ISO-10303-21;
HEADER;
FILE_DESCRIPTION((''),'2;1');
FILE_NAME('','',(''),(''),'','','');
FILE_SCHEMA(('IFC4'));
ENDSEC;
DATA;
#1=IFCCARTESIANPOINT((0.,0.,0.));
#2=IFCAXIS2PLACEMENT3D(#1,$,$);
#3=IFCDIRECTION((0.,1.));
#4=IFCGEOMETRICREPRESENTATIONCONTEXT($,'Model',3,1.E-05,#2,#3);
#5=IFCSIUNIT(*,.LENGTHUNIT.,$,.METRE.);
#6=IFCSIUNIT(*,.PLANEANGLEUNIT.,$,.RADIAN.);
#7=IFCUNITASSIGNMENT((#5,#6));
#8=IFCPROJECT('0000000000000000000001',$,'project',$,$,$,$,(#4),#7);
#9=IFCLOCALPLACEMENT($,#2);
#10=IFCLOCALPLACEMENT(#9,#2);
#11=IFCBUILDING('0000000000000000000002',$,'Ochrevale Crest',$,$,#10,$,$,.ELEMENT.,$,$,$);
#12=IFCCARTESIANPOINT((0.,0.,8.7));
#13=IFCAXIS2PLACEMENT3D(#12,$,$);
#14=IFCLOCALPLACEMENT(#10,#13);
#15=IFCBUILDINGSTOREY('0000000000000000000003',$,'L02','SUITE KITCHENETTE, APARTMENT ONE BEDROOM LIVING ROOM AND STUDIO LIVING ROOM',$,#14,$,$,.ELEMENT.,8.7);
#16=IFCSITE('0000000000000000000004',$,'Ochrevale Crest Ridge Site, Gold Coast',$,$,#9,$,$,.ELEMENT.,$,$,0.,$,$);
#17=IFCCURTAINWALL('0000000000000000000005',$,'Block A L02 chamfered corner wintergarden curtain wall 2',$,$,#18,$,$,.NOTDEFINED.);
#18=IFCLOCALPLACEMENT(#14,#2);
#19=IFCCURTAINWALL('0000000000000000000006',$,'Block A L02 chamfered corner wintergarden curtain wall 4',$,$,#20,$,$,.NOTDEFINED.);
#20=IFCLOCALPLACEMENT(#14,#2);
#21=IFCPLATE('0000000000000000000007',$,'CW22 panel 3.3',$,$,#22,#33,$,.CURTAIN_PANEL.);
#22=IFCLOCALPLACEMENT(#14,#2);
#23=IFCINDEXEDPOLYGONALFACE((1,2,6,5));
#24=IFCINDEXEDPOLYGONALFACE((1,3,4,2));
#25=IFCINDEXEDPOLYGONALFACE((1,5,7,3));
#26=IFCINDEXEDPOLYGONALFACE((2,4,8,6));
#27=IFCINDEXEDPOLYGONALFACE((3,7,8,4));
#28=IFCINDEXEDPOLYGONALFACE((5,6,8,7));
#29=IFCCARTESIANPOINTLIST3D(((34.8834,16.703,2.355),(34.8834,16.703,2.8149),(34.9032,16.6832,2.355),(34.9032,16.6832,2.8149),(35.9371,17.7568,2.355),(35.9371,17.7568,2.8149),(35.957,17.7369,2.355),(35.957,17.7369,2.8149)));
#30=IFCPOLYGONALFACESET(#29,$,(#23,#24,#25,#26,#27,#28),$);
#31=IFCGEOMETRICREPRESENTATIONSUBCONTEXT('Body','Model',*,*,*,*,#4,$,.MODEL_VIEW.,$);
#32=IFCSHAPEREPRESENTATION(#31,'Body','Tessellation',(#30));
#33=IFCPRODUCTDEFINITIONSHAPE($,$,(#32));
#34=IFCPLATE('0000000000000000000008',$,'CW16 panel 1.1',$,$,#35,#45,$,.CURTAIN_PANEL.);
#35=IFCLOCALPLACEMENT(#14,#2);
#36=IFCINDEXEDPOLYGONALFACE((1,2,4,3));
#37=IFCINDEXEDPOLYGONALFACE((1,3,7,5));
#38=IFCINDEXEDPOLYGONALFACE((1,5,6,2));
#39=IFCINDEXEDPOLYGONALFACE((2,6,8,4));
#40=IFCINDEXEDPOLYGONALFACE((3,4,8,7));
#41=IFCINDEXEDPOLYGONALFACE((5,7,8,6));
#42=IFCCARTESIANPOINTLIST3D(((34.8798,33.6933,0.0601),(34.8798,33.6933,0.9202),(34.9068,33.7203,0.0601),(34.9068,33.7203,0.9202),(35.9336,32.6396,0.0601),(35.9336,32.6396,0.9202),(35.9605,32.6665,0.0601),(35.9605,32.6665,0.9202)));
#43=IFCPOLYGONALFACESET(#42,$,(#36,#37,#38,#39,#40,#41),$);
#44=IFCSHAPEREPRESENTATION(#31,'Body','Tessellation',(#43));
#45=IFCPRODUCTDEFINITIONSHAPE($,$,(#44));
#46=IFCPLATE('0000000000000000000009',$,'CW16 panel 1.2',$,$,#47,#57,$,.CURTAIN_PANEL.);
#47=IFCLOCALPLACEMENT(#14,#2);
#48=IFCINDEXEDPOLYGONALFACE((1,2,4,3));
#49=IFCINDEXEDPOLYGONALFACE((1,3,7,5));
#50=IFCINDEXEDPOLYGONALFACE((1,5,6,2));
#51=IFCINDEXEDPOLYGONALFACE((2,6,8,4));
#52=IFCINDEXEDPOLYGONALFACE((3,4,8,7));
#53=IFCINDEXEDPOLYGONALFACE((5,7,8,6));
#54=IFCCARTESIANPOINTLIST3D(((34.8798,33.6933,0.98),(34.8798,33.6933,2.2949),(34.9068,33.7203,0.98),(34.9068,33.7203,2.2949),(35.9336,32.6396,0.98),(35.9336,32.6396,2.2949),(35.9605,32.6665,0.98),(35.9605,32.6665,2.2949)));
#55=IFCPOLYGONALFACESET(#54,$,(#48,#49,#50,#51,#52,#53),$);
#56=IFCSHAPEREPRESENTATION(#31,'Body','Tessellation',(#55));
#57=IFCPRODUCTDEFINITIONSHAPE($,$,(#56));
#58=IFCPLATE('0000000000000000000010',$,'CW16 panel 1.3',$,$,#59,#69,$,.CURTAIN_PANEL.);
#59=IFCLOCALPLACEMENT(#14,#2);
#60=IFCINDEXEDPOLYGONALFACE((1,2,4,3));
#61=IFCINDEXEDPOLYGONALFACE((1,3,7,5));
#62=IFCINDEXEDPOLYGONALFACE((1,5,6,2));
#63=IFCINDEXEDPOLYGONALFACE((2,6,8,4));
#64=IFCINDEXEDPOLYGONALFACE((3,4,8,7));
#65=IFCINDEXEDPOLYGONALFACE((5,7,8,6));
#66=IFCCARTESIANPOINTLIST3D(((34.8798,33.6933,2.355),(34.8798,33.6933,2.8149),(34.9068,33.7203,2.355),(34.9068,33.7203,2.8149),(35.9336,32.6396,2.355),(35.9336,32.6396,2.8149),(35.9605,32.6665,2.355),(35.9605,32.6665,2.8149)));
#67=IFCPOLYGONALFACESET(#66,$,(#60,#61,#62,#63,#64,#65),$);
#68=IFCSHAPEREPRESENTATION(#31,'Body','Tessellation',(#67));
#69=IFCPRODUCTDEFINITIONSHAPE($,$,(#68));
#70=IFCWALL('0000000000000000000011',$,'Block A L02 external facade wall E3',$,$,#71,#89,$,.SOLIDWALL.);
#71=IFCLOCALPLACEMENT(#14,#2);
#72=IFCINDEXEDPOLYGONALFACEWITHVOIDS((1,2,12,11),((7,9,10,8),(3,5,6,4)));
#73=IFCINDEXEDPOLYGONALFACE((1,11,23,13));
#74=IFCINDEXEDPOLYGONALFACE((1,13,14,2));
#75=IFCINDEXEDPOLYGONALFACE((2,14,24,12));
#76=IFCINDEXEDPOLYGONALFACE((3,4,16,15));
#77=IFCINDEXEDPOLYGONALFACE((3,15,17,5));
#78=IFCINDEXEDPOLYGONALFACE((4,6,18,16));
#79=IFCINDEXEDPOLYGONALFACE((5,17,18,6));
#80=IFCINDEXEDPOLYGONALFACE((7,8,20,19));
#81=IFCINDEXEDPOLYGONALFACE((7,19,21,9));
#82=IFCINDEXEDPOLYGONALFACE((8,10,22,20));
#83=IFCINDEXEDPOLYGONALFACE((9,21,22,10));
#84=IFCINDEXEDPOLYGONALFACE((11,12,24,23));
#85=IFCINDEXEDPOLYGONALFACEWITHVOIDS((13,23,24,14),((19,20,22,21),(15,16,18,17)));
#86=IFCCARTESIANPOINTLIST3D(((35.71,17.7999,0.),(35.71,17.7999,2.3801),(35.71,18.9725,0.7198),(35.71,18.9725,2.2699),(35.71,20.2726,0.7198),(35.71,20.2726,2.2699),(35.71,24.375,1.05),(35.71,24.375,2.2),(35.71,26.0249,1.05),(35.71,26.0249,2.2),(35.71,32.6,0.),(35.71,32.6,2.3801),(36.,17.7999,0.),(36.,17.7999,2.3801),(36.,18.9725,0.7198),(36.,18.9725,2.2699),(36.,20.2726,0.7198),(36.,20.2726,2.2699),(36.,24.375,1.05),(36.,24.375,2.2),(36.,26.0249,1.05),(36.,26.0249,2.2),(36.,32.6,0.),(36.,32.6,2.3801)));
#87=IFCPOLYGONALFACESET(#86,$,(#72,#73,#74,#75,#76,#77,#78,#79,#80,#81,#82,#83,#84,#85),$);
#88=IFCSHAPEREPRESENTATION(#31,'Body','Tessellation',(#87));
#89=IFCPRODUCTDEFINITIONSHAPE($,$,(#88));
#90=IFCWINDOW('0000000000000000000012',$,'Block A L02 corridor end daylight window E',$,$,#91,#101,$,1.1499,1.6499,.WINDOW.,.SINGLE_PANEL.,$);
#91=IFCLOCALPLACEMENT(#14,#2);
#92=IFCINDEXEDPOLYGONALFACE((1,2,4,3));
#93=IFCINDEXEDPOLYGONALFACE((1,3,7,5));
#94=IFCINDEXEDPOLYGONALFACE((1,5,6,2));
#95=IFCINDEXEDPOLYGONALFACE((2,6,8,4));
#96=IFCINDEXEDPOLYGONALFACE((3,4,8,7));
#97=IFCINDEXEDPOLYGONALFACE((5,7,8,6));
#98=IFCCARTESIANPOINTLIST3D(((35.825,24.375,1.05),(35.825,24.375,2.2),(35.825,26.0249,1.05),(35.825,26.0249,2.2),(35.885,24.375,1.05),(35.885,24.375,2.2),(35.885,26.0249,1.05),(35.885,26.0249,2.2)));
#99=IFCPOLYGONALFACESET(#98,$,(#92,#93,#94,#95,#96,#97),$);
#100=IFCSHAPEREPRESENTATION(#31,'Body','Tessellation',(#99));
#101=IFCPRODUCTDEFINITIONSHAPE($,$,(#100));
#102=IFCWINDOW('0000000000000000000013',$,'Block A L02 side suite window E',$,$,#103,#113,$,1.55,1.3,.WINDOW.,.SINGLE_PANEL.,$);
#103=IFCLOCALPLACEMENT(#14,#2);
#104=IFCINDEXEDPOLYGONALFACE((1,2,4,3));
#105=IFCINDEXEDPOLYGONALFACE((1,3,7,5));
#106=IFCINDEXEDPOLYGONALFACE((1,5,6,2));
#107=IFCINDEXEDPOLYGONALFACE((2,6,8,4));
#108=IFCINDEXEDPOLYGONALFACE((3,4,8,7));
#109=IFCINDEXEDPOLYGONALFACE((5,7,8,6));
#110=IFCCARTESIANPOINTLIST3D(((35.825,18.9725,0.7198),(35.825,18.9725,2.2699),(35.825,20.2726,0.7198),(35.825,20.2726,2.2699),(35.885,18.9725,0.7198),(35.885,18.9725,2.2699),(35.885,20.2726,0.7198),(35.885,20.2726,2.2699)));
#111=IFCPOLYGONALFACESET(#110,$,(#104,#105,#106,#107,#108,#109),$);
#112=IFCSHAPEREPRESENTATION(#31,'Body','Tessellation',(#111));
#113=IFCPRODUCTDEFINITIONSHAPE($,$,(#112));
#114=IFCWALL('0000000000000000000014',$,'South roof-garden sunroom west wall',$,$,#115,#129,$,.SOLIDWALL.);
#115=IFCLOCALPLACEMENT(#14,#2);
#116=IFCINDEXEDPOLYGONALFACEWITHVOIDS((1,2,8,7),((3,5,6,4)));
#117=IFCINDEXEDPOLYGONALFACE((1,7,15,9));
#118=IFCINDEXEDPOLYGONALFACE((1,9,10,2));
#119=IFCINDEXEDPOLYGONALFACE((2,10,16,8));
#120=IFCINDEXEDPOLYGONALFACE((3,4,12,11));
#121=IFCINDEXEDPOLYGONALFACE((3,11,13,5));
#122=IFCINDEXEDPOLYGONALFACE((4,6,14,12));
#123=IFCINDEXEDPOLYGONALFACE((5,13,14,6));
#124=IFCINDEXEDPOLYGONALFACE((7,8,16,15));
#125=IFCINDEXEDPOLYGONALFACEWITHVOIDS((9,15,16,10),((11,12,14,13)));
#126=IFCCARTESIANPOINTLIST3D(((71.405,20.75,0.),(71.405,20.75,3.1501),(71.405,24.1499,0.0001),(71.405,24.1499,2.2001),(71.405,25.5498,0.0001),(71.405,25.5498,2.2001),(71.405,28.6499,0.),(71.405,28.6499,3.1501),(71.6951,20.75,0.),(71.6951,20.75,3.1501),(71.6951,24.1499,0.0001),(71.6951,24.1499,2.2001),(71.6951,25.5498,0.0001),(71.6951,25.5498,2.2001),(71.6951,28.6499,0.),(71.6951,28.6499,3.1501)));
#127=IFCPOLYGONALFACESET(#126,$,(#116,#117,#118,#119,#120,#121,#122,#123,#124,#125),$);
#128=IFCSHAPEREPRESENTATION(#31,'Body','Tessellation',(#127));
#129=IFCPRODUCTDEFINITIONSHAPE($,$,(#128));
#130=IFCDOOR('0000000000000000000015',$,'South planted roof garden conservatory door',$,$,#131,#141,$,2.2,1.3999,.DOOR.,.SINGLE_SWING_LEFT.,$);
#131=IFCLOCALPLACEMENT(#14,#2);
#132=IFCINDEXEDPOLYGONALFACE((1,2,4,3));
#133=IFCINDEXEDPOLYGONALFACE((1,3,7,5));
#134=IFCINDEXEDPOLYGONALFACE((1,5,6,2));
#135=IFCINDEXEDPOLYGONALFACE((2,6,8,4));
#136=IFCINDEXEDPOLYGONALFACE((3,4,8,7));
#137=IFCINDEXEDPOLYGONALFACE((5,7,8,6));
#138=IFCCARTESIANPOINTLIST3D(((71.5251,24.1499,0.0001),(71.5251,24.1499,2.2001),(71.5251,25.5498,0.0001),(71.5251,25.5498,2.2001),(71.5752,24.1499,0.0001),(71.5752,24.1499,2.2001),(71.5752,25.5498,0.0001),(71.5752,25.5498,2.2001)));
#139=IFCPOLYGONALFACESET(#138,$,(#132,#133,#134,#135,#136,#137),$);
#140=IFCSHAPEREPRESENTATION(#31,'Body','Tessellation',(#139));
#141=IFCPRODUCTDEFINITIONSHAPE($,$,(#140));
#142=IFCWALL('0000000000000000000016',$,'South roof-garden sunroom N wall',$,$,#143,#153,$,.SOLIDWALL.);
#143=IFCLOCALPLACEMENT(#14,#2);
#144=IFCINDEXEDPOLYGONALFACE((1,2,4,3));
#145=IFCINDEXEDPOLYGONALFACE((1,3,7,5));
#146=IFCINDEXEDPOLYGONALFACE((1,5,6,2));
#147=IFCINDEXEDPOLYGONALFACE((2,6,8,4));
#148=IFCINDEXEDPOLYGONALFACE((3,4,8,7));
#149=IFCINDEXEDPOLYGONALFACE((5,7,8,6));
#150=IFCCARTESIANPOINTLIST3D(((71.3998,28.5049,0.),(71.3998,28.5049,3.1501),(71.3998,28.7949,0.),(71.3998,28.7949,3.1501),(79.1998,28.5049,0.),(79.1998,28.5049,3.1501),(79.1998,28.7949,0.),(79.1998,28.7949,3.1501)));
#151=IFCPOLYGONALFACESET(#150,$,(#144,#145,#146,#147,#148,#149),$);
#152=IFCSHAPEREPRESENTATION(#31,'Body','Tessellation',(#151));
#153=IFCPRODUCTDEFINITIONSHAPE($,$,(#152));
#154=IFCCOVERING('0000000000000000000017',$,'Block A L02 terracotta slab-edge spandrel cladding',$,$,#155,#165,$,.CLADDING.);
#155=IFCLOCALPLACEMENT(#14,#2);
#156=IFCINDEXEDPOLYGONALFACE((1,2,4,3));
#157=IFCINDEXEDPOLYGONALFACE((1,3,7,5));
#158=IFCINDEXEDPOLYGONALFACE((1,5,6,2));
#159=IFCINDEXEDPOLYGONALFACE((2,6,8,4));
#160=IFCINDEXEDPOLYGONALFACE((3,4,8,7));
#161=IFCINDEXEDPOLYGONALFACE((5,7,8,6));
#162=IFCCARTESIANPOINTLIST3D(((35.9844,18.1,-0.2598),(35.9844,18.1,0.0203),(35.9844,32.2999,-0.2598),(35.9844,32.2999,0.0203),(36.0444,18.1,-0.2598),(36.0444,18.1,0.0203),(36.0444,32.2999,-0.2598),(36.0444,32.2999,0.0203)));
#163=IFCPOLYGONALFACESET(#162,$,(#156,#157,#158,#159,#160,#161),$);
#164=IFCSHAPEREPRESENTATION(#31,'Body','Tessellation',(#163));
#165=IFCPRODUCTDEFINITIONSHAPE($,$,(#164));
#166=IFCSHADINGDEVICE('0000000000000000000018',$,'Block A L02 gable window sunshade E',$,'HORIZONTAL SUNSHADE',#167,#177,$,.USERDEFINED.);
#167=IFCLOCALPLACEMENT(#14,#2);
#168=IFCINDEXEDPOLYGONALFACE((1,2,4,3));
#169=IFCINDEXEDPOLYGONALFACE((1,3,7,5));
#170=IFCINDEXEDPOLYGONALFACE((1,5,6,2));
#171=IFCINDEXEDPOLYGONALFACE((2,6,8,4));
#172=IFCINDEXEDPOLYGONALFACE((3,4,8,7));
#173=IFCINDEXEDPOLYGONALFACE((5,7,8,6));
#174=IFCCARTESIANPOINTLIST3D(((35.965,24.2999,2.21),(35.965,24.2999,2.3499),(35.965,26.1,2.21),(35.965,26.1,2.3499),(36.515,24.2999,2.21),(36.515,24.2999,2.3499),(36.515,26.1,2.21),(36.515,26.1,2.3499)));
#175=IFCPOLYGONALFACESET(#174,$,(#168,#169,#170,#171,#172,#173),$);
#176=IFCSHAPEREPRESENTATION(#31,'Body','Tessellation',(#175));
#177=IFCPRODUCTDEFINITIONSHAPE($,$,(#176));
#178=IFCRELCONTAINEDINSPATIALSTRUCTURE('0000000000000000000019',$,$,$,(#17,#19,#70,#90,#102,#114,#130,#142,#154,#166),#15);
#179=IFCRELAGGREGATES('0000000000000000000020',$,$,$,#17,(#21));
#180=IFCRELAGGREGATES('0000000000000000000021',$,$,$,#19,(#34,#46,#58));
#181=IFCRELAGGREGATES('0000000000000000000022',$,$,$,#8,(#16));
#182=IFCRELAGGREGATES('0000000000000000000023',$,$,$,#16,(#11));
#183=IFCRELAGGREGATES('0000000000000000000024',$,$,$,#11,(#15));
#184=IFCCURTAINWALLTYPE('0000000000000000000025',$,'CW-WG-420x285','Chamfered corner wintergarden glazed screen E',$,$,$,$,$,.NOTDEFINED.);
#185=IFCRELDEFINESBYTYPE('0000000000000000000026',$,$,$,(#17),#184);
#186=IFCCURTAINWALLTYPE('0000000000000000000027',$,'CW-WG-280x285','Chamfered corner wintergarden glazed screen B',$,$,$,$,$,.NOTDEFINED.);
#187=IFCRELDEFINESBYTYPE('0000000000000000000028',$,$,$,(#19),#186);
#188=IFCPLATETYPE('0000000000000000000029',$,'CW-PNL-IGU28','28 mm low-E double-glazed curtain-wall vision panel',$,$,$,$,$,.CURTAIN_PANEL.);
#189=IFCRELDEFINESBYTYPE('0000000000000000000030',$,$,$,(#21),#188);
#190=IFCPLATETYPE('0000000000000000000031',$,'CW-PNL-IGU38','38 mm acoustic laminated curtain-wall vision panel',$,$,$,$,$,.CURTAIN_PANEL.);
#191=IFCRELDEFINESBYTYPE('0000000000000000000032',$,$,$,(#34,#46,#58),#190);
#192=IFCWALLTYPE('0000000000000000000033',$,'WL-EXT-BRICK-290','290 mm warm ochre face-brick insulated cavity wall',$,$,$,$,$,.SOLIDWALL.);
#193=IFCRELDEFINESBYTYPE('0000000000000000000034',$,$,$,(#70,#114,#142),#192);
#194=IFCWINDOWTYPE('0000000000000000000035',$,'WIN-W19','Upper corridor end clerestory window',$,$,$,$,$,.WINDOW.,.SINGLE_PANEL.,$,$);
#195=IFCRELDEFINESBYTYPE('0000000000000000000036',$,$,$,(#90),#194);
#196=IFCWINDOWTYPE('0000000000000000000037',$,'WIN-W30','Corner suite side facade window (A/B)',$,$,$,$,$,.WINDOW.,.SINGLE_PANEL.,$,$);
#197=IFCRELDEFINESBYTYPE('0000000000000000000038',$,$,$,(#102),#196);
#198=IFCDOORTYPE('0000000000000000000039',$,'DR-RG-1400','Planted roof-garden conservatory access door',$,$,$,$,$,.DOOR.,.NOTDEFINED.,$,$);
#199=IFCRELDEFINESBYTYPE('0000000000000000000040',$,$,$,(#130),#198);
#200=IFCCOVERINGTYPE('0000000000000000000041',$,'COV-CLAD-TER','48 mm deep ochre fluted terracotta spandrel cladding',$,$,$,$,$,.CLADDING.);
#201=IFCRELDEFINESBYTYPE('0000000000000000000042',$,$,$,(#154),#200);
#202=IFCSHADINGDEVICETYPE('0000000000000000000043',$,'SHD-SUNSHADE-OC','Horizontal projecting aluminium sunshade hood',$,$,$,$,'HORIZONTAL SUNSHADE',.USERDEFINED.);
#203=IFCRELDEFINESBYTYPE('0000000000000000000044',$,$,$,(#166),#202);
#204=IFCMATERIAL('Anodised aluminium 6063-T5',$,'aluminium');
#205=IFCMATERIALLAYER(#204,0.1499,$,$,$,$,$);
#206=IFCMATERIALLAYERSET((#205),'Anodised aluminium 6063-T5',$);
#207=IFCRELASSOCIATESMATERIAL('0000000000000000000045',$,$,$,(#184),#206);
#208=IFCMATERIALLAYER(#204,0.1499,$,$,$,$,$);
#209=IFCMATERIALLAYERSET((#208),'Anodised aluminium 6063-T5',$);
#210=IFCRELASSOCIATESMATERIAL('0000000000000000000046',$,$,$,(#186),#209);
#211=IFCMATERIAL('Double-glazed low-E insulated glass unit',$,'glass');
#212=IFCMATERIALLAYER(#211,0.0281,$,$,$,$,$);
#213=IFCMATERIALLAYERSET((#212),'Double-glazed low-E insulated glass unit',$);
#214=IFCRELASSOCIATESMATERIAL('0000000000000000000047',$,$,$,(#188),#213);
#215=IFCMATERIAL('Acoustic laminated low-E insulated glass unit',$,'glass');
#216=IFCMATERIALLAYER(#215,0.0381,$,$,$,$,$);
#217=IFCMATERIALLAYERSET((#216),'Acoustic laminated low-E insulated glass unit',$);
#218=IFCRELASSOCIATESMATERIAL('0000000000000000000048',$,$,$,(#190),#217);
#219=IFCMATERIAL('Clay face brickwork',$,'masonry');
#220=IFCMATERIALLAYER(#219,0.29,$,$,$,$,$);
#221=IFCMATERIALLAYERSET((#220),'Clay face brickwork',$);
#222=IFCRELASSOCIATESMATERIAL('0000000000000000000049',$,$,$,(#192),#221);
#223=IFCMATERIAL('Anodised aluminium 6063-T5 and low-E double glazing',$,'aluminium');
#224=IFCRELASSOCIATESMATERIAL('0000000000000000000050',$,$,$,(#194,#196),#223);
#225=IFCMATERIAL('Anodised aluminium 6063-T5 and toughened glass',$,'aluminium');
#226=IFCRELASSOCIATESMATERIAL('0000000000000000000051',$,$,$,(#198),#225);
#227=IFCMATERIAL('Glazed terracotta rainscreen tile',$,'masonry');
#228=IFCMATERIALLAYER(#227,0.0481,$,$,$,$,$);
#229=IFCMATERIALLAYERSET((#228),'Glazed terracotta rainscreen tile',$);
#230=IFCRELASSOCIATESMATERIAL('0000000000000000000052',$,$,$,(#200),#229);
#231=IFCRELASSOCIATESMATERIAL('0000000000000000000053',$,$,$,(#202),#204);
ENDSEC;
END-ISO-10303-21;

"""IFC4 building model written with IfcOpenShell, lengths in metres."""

from ifc_helpers import new_model, si_unit, direction, frame, frame_2d, origin, origin_2d, place, context, subcontext, project, spatial, rectangle, extrude, material, layer, layer_set, type_object, element, fill, aggregate, save


model = new_model("IFC4")

# Units and contexts
model_context = context("Model", 3, precision=1e-05, world=origin(), true_north=direction((0.0, 1.0)))
body_context = subcontext(model_context, "Body", "Model", "MODEL_VIEW")
ifc_project = project(units=[si_unit("LENGTHUNIT", "METRE"), si_unit("PLANEANGLEUNIT", "RADIAN")], contexts=[model_context])

# Site, building, storey
site_placement = place(None, origin())
site = spatial("IfcSite", under=ifc_project, at=site_placement, Name="Ochrevale Crest Ridge Site, Gold Coast", CompositionType="ELEMENT", RefElevation=0.0)
building_placement = place(site_placement, origin())
building = spatial("IfcBuilding", under=site, at=building_placement, Name="Ochrevale Crest", CompositionType="ELEMENT")
storey_placement = place(building_placement, frame((0.0, 0.0, 8.7)))
storey = spatial("IfcBuildingStorey", under=building, at=storey_placement, Name="L02", Description="SUITE KITCHENETTE, APARTMENT ONE BEDROOM LIVING ROOM AND STUDIO LIVING ROOM", CompositionType="ELEMENT", Elevation=8.7)

# Curtain walls
ifc_material_1 = material(Name="Anodised aluminium 6063-T5", Category="aluminium")
ifc_layer_1 = layer(ifc_material_1, 0.1499)
ifc_layer_set_1 = layer_set([ifc_layer_1], Name="Anodised aluminium 6063-T5")
curtain_wall_type_1 = type_object("IfcCurtainWallType", Name="CW-WG-420x285", Description="Chamfered corner wintergarden glazed screen E", PredefinedType="NOTDEFINED", material=ifc_layer_set_1)
curtain_wall_1_placement = place(storey_placement, origin())
curtain_wall_1 = element("IfcCurtainWall", 1, at=curtain_wall_1_placement, inside=storey, type_object=curtain_wall_type_1, Name="Block A L02 chamfered corner wintergarden curtain wall 2", PredefinedType="NOTDEFINED")
ifc_layer_2 = layer(ifc_material_1, 0.1499)
ifc_layer_set_2 = layer_set([ifc_layer_2], Name="Anodised aluminium 6063-T5")
curtain_wall_type_2 = type_object("IfcCurtainWallType", Name="CW-WG-280x285", Description="Chamfered corner wintergarden glazed screen B", PredefinedType="NOTDEFINED", material=ifc_layer_set_2)
curtain_wall_2_placement = place(storey_placement, origin())
curtain_wall_2 = element("IfcCurtainWall", 2, at=curtain_wall_2_placement, inside=storey, type_object=curtain_wall_type_2, Name="Block A L02 chamfered corner wintergarden curtain wall 4", PredefinedType="NOTDEFINED")

# Plates
ifc_material_2 = material(Name="Double-glazed low-E insulated glass unit", Category="glass")
ifc_layer_3 = layer(ifc_material_2, 0.0281)
ifc_layer_set_3 = layer_set([ifc_layer_3], Name="Double-glazed low-E insulated glass unit")
plate_type_1 = type_object("IfcPlateType", Name="CW-PNL-IGU28", Description="28 mm low-E double-glazed curtain-wall vision panel", PredefinedType="CURTAIN_PANEL", material=ifc_layer_set_3)
plate_1_placement = place(storey_placement, frame((35.4202, 17.22, 2.355), z_axis=(0.0, 0.0, 1.0), x_axis=(0.707107, 0.707107, 0.0)))
plate_1 = element("IfcPlate", 3, at=plate_1_placement, type_object=plate_type_1, Name="CW22 panel 3.3", PredefinedType="CURTAIN_PANEL", context=body_context, shape_type="SweptSolid", body=[
    extrude(rectangle(XDim=1.4902, YDim=0.0281, at=origin_2d()), origin(), (0.0, 0.0, 1.0), 0.46),
])
aggregate(curtain_wall_1, [plate_1])
ifc_material_3 = material(Name="Acoustic laminated low-E insulated glass unit", Category="glass")
ifc_layer_4 = layer(ifc_material_3, 0.0381)
ifc_layer_set_4 = layer_set([ifc_layer_4], Name="Acoustic laminated low-E insulated glass unit")
plate_type_2 = type_object("IfcPlateType", Name="CW-PNL-IGU38", Description="38 mm acoustic laminated curtain-wall vision panel", PredefinedType="CURTAIN_PANEL", material=ifc_layer_set_4)
plate_2_placement = place(storey_placement, frame((35.4202, 33.1799, 0.0601), z_axis=(0.0, 0.0, 1.0), x_axis=(-0.707107, 0.707107, 0.0)))
plate_2 = element("IfcPlate", 4, at=plate_2_placement, type_object=plate_type_2, Name="CW16 panel 1.1", PredefinedType="CURTAIN_PANEL", context=body_context, shape_type="SweptSolid", body=[
    extrude(rectangle(XDim=1.4902, YDim=0.0381, at=origin_2d()), origin(), (0.0, 0.0, 1.0), 0.8601),
])
plate_3_placement = place(storey_placement, frame((35.4202, 33.1799, 0.98), z_axis=(0.0, 0.0, 1.0), x_axis=(-0.707107, 0.707107, 0.0)))
plate_3 = element("IfcPlate", 5, at=plate_3_placement, type_object=plate_type_2, Name="CW16 panel 1.2", PredefinedType="CURTAIN_PANEL", context=body_context, shape_type="SweptSolid", body=[
    extrude(rectangle(XDim=1.4902, YDim=0.0381, at=origin_2d()), origin(), (0.0, 0.0, 1.0), 1.3149),
])
plate_4_placement = place(storey_placement, frame((35.4202, 33.1799, 2.355), z_axis=(0.0, 0.0, 1.0), x_axis=(-0.707107, 0.707107, 0.0)))
plate_4 = element("IfcPlate", 6, at=plate_4_placement, type_object=plate_type_2, Name="CW16 panel 1.3", PredefinedType="CURTAIN_PANEL", context=body_context, shape_type="SweptSolid", body=[
    extrude(rectangle(XDim=1.4902, YDim=0.0381, at=origin_2d()), origin(), (0.0, 0.0, 1.0), 0.46),
])
aggregate(curtain_wall_2, [plate_2, plate_3, plate_4])

# Wall, openings, windows
ifc_material_4 = material(Name="Clay face brickwork", Category="masonry")
ifc_layer_5 = layer(ifc_material_4, 0.29)
ifc_layer_set_5 = layer_set([ifc_layer_5], Name="Clay face brickwork")
wall_type = type_object("IfcWallType", Name="WL-EXT-BRICK-290", Description="290 mm warm ochre face-brick insulated cavity wall", PredefinedType="SOLIDWALL", material=ifc_layer_set_5)
wall_1_placement = place(storey_placement, frame((35.855, 17.8, 0.0), z_axis=(0.0, 0.0, 1.0), x_axis=(0.0, 1.0, 0.0)))
wall_1 = element("IfcWall", 7, at=wall_1_placement, inside=storey, type_object=wall_type, Name="Block A L02 external facade wall E3", PredefinedType="SOLIDWALL", context=body_context, shape_type="SweptSolid", body=[
    extrude(rectangle(XDim=14.8, YDim=0.29, at=frame_2d((7.3999, 0.0))), origin(), (0.0, 0.0, 1.0), 2.3801),
])
opening_1_placement = place(wall_1_placement, frame((6.575, 0.0, 1.05)))
opening_1 = element("IfcOpeningElement", 8, at=opening_1_placement, cuts=wall_1, PredefinedType="OPENING", context=body_context, shape_type="SweptSolid", body=[
    extrude(rectangle(XDim=1.6499, YDim=1.1499, at=frame_2d((0.825, 0.575))), frame((0.0, 0.155, 0.0), z_axis=(0.0, -1.0, 0.0), x_axis=(1.0, 0.0, 0.0)), (0.0, 0.0, 1.0), 0.3101),
])
opening_2_placement = place(wall_1_placement, frame((1.1726, 0.0, 0.72)))
opening_2 = element("IfcOpeningElement", 9, at=opening_2_placement, cuts=wall_1, PredefinedType="OPENING", context=body_context, shape_type="SweptSolid", body=[
    extrude(rectangle(XDim=1.3, YDim=1.55, at=frame_2d((0.6499, 0.7749))), frame((0.0, 0.155, 0.0), z_axis=(0.0, -1.0, 0.0), x_axis=(1.0, 0.0, 0.0)), (0.0, 0.0, 1.0), 0.3101),
])
ifc_material_5 = material(Name="Anodised aluminium 6063-T5 and low-E double glazing", Category="aluminium")
window_type_1 = type_object("IfcWindowType", Name="WIN-W19", Description="Upper corridor end clerestory window", PartitioningType="SINGLE_PANEL", PredefinedType="WINDOW", material=ifc_material_5)
window_1_placement = place(opening_1_placement, origin())
window_1 = element("IfcWindow", 10, at=window_1_placement, inside=storey, type_object=window_type_1, Name="Block A L02 corridor end daylight window E", OverallHeight=1.1499, OverallWidth=1.6499, PartitioningType="SINGLE_PANEL", PredefinedType="WINDOW", context=body_context, shape_type="SweptSolid", body=[
    extrude(rectangle(XDim=1.6499, YDim=1.1499, at=frame_2d((0.825, 0.575))), frame((0.0, 0.03, 0.0), z_axis=(0.0, -1.0, 0.0), x_axis=(1.0, 0.0, 0.0)), (0.0, 0.0, 1.0), 0.0601),
])
fill(opening_1, window_1)
window_type_2 = type_object("IfcWindowType", Name="WIN-W30", Description="Corner suite side facade window (A/B)", PartitioningType="SINGLE_PANEL", PredefinedType="WINDOW", material=ifc_material_5)
window_2_placement = place(opening_2_placement, origin())
window_2 = element("IfcWindow", 11, at=window_2_placement, inside=storey, type_object=window_type_2, Name="Block A L02 side suite window E", OverallHeight=1.55, OverallWidth=1.3, PartitioningType="SINGLE_PANEL", PredefinedType="WINDOW", context=body_context, shape_type="SweptSolid", body=[
    extrude(rectangle(XDim=1.3, YDim=1.55, at=frame_2d((0.6499, 0.7749))), frame((0.0, 0.03, 0.0), z_axis=(0.0, -1.0, 0.0), x_axis=(1.0, 0.0, 0.0)), (0.0, 0.0, 1.0), 0.0601),
])
fill(opening_2, window_2)

# Wall, opening, door
wall_2_placement = place(storey_placement, frame((71.55, 20.75, 0.0), z_axis=(0.0, 0.0, 1.0), x_axis=(0.0, 1.0, 0.0)))
wall_2 = element("IfcWall", 12, at=wall_2_placement, inside=storey, type_object=wall_type, Name="South roof-garden sunroom west wall", PredefinedType="SOLIDWALL", context=body_context, shape_type="SweptSolid", body=[
    extrude(rectangle(XDim=7.8999, YDim=0.29, at=frame_2d((3.95, 0.0))), origin(), (0.0, 0.0, 1.0), 3.1501),
])
opening_3_placement = place(wall_2_placement, frame((3.3999, 0.0, 0.0)))
opening_3 = element("IfcOpeningElement", 13, at=opening_3_placement, cuts=wall_2, PredefinedType="OPENING", context=body_context, shape_type="SweptSolid", body=[
    extrude(rectangle(XDim=1.3999, YDim=2.2, at=frame_2d((0.7, 1.1001))), frame((0.0, 0.155, 0.0), z_axis=(0.0, -1.0, 0.0), x_axis=(1.0, 0.0, 0.0)), (0.0, 0.0, 1.0), 0.3101),
])
ifc_material_6 = material(Name="Anodised aluminium 6063-T5 and toughened glass", Category="aluminium")
door_type = type_object("IfcDoorType", Name="DR-RG-1400", Description="Planted roof-garden conservatory access door", OperationType="NOTDEFINED", PredefinedType="DOOR", material=ifc_material_6)
door_placement = place(opening_3_placement, origin())
door = element("IfcDoor", 14, at=door_placement, inside=storey, type_object=door_type, Name="South planted roof garden conservatory door", OperationType="SINGLE_SWING_LEFT", OverallHeight=2.2, OverallWidth=1.3999, PredefinedType="DOOR", context=body_context, shape_type="SweptSolid", body=[
    extrude(rectangle(XDim=1.3999, YDim=2.2, at=frame_2d((0.7, 1.1001))), frame((0.0, 0.0249, 0.0), z_axis=(0.0, -1.0, 0.0), x_axis=(1.0, 0.0, 0.0)), (0.0, 0.0, 1.0), 0.05),
])
fill(opening_3, door)

# Wall
wall_3_placement = place(storey_placement, frame((71.3999, 28.6499, 0.0), z_axis=(0.0, 0.0, 1.0), x_axis=(1.0, 0.0, 0.0)))
element("IfcWall", 15, at=wall_3_placement, inside=storey, type_object=wall_type, Name="South roof-garden sunroom N wall", PredefinedType="SOLIDWALL", context=body_context, shape_type="SweptSolid", body=[
    extrude(rectangle(XDim=7.8, YDim=0.29, at=frame_2d((3.8999, 0.0))), origin(), (0.0, 0.0, 1.0), 3.1501),
])

# Covering
ifc_material_7 = material(Name="Glazed terracotta rainscreen tile", Category="masonry")
ifc_layer_6 = layer(ifc_material_7, 0.0481)
ifc_layer_set_6 = layer_set([ifc_layer_6], Name="Glazed terracotta rainscreen tile")
covering_type = type_object("IfcCoveringType", Name="COV-CLAD-TER", Description="48 mm deep ochre fluted terracotta spandrel cladding", PredefinedType="CLADDING", material=ifc_layer_set_6)
covering_placement = place(storey_placement, frame((36.0144, 25.2, -0.2598), z_axis=(0.0, 0.0, 1.0), x_axis=(0.0, 1.0, 0.0)))
element("IfcCovering", 16, at=covering_placement, inside=storey, type_object=covering_type, Name="Block A L02 terracotta slab-edge spandrel cladding", PredefinedType="CLADDING", context=body_context, shape_type="SweptSolid", body=[
    extrude(rectangle(XDim=14.2, YDim=0.0601, at=origin_2d()), origin(), (0.0, 0.0, 1.0), 0.28),
])

# Shading device
shading_device_type = type_object("IfcShadingDeviceType", Name="SHD-SUNSHADE-OC", Description="Horizontal projecting aluminium sunshade hood", ElementType="HORIZONTAL SUNSHADE", PredefinedType="USERDEFINED", material=ifc_material_1)
shading_device_placement = place(storey_placement, frame((36.24, 25.2, 2.21), z_axis=(0.0, 0.0, 1.0), x_axis=(1.0, 0.0, 0.0)))
element("IfcShadingDevice", 17, at=shading_device_placement, inside=storey, type_object=shading_device_type, Name="Block A L02 gable window sunshade E", ObjectType="HORIZONTAL SUNSHADE", PredefinedType="USERDEFINED", context=body_context, shape_type="SweptSolid", body=[
    extrude(rectangle(XDim=0.55, YDim=1.8, at=origin_2d()), origin(), (0.0, 0.0, 1.0), 0.1399),
])

save(model, "model.ifc")
